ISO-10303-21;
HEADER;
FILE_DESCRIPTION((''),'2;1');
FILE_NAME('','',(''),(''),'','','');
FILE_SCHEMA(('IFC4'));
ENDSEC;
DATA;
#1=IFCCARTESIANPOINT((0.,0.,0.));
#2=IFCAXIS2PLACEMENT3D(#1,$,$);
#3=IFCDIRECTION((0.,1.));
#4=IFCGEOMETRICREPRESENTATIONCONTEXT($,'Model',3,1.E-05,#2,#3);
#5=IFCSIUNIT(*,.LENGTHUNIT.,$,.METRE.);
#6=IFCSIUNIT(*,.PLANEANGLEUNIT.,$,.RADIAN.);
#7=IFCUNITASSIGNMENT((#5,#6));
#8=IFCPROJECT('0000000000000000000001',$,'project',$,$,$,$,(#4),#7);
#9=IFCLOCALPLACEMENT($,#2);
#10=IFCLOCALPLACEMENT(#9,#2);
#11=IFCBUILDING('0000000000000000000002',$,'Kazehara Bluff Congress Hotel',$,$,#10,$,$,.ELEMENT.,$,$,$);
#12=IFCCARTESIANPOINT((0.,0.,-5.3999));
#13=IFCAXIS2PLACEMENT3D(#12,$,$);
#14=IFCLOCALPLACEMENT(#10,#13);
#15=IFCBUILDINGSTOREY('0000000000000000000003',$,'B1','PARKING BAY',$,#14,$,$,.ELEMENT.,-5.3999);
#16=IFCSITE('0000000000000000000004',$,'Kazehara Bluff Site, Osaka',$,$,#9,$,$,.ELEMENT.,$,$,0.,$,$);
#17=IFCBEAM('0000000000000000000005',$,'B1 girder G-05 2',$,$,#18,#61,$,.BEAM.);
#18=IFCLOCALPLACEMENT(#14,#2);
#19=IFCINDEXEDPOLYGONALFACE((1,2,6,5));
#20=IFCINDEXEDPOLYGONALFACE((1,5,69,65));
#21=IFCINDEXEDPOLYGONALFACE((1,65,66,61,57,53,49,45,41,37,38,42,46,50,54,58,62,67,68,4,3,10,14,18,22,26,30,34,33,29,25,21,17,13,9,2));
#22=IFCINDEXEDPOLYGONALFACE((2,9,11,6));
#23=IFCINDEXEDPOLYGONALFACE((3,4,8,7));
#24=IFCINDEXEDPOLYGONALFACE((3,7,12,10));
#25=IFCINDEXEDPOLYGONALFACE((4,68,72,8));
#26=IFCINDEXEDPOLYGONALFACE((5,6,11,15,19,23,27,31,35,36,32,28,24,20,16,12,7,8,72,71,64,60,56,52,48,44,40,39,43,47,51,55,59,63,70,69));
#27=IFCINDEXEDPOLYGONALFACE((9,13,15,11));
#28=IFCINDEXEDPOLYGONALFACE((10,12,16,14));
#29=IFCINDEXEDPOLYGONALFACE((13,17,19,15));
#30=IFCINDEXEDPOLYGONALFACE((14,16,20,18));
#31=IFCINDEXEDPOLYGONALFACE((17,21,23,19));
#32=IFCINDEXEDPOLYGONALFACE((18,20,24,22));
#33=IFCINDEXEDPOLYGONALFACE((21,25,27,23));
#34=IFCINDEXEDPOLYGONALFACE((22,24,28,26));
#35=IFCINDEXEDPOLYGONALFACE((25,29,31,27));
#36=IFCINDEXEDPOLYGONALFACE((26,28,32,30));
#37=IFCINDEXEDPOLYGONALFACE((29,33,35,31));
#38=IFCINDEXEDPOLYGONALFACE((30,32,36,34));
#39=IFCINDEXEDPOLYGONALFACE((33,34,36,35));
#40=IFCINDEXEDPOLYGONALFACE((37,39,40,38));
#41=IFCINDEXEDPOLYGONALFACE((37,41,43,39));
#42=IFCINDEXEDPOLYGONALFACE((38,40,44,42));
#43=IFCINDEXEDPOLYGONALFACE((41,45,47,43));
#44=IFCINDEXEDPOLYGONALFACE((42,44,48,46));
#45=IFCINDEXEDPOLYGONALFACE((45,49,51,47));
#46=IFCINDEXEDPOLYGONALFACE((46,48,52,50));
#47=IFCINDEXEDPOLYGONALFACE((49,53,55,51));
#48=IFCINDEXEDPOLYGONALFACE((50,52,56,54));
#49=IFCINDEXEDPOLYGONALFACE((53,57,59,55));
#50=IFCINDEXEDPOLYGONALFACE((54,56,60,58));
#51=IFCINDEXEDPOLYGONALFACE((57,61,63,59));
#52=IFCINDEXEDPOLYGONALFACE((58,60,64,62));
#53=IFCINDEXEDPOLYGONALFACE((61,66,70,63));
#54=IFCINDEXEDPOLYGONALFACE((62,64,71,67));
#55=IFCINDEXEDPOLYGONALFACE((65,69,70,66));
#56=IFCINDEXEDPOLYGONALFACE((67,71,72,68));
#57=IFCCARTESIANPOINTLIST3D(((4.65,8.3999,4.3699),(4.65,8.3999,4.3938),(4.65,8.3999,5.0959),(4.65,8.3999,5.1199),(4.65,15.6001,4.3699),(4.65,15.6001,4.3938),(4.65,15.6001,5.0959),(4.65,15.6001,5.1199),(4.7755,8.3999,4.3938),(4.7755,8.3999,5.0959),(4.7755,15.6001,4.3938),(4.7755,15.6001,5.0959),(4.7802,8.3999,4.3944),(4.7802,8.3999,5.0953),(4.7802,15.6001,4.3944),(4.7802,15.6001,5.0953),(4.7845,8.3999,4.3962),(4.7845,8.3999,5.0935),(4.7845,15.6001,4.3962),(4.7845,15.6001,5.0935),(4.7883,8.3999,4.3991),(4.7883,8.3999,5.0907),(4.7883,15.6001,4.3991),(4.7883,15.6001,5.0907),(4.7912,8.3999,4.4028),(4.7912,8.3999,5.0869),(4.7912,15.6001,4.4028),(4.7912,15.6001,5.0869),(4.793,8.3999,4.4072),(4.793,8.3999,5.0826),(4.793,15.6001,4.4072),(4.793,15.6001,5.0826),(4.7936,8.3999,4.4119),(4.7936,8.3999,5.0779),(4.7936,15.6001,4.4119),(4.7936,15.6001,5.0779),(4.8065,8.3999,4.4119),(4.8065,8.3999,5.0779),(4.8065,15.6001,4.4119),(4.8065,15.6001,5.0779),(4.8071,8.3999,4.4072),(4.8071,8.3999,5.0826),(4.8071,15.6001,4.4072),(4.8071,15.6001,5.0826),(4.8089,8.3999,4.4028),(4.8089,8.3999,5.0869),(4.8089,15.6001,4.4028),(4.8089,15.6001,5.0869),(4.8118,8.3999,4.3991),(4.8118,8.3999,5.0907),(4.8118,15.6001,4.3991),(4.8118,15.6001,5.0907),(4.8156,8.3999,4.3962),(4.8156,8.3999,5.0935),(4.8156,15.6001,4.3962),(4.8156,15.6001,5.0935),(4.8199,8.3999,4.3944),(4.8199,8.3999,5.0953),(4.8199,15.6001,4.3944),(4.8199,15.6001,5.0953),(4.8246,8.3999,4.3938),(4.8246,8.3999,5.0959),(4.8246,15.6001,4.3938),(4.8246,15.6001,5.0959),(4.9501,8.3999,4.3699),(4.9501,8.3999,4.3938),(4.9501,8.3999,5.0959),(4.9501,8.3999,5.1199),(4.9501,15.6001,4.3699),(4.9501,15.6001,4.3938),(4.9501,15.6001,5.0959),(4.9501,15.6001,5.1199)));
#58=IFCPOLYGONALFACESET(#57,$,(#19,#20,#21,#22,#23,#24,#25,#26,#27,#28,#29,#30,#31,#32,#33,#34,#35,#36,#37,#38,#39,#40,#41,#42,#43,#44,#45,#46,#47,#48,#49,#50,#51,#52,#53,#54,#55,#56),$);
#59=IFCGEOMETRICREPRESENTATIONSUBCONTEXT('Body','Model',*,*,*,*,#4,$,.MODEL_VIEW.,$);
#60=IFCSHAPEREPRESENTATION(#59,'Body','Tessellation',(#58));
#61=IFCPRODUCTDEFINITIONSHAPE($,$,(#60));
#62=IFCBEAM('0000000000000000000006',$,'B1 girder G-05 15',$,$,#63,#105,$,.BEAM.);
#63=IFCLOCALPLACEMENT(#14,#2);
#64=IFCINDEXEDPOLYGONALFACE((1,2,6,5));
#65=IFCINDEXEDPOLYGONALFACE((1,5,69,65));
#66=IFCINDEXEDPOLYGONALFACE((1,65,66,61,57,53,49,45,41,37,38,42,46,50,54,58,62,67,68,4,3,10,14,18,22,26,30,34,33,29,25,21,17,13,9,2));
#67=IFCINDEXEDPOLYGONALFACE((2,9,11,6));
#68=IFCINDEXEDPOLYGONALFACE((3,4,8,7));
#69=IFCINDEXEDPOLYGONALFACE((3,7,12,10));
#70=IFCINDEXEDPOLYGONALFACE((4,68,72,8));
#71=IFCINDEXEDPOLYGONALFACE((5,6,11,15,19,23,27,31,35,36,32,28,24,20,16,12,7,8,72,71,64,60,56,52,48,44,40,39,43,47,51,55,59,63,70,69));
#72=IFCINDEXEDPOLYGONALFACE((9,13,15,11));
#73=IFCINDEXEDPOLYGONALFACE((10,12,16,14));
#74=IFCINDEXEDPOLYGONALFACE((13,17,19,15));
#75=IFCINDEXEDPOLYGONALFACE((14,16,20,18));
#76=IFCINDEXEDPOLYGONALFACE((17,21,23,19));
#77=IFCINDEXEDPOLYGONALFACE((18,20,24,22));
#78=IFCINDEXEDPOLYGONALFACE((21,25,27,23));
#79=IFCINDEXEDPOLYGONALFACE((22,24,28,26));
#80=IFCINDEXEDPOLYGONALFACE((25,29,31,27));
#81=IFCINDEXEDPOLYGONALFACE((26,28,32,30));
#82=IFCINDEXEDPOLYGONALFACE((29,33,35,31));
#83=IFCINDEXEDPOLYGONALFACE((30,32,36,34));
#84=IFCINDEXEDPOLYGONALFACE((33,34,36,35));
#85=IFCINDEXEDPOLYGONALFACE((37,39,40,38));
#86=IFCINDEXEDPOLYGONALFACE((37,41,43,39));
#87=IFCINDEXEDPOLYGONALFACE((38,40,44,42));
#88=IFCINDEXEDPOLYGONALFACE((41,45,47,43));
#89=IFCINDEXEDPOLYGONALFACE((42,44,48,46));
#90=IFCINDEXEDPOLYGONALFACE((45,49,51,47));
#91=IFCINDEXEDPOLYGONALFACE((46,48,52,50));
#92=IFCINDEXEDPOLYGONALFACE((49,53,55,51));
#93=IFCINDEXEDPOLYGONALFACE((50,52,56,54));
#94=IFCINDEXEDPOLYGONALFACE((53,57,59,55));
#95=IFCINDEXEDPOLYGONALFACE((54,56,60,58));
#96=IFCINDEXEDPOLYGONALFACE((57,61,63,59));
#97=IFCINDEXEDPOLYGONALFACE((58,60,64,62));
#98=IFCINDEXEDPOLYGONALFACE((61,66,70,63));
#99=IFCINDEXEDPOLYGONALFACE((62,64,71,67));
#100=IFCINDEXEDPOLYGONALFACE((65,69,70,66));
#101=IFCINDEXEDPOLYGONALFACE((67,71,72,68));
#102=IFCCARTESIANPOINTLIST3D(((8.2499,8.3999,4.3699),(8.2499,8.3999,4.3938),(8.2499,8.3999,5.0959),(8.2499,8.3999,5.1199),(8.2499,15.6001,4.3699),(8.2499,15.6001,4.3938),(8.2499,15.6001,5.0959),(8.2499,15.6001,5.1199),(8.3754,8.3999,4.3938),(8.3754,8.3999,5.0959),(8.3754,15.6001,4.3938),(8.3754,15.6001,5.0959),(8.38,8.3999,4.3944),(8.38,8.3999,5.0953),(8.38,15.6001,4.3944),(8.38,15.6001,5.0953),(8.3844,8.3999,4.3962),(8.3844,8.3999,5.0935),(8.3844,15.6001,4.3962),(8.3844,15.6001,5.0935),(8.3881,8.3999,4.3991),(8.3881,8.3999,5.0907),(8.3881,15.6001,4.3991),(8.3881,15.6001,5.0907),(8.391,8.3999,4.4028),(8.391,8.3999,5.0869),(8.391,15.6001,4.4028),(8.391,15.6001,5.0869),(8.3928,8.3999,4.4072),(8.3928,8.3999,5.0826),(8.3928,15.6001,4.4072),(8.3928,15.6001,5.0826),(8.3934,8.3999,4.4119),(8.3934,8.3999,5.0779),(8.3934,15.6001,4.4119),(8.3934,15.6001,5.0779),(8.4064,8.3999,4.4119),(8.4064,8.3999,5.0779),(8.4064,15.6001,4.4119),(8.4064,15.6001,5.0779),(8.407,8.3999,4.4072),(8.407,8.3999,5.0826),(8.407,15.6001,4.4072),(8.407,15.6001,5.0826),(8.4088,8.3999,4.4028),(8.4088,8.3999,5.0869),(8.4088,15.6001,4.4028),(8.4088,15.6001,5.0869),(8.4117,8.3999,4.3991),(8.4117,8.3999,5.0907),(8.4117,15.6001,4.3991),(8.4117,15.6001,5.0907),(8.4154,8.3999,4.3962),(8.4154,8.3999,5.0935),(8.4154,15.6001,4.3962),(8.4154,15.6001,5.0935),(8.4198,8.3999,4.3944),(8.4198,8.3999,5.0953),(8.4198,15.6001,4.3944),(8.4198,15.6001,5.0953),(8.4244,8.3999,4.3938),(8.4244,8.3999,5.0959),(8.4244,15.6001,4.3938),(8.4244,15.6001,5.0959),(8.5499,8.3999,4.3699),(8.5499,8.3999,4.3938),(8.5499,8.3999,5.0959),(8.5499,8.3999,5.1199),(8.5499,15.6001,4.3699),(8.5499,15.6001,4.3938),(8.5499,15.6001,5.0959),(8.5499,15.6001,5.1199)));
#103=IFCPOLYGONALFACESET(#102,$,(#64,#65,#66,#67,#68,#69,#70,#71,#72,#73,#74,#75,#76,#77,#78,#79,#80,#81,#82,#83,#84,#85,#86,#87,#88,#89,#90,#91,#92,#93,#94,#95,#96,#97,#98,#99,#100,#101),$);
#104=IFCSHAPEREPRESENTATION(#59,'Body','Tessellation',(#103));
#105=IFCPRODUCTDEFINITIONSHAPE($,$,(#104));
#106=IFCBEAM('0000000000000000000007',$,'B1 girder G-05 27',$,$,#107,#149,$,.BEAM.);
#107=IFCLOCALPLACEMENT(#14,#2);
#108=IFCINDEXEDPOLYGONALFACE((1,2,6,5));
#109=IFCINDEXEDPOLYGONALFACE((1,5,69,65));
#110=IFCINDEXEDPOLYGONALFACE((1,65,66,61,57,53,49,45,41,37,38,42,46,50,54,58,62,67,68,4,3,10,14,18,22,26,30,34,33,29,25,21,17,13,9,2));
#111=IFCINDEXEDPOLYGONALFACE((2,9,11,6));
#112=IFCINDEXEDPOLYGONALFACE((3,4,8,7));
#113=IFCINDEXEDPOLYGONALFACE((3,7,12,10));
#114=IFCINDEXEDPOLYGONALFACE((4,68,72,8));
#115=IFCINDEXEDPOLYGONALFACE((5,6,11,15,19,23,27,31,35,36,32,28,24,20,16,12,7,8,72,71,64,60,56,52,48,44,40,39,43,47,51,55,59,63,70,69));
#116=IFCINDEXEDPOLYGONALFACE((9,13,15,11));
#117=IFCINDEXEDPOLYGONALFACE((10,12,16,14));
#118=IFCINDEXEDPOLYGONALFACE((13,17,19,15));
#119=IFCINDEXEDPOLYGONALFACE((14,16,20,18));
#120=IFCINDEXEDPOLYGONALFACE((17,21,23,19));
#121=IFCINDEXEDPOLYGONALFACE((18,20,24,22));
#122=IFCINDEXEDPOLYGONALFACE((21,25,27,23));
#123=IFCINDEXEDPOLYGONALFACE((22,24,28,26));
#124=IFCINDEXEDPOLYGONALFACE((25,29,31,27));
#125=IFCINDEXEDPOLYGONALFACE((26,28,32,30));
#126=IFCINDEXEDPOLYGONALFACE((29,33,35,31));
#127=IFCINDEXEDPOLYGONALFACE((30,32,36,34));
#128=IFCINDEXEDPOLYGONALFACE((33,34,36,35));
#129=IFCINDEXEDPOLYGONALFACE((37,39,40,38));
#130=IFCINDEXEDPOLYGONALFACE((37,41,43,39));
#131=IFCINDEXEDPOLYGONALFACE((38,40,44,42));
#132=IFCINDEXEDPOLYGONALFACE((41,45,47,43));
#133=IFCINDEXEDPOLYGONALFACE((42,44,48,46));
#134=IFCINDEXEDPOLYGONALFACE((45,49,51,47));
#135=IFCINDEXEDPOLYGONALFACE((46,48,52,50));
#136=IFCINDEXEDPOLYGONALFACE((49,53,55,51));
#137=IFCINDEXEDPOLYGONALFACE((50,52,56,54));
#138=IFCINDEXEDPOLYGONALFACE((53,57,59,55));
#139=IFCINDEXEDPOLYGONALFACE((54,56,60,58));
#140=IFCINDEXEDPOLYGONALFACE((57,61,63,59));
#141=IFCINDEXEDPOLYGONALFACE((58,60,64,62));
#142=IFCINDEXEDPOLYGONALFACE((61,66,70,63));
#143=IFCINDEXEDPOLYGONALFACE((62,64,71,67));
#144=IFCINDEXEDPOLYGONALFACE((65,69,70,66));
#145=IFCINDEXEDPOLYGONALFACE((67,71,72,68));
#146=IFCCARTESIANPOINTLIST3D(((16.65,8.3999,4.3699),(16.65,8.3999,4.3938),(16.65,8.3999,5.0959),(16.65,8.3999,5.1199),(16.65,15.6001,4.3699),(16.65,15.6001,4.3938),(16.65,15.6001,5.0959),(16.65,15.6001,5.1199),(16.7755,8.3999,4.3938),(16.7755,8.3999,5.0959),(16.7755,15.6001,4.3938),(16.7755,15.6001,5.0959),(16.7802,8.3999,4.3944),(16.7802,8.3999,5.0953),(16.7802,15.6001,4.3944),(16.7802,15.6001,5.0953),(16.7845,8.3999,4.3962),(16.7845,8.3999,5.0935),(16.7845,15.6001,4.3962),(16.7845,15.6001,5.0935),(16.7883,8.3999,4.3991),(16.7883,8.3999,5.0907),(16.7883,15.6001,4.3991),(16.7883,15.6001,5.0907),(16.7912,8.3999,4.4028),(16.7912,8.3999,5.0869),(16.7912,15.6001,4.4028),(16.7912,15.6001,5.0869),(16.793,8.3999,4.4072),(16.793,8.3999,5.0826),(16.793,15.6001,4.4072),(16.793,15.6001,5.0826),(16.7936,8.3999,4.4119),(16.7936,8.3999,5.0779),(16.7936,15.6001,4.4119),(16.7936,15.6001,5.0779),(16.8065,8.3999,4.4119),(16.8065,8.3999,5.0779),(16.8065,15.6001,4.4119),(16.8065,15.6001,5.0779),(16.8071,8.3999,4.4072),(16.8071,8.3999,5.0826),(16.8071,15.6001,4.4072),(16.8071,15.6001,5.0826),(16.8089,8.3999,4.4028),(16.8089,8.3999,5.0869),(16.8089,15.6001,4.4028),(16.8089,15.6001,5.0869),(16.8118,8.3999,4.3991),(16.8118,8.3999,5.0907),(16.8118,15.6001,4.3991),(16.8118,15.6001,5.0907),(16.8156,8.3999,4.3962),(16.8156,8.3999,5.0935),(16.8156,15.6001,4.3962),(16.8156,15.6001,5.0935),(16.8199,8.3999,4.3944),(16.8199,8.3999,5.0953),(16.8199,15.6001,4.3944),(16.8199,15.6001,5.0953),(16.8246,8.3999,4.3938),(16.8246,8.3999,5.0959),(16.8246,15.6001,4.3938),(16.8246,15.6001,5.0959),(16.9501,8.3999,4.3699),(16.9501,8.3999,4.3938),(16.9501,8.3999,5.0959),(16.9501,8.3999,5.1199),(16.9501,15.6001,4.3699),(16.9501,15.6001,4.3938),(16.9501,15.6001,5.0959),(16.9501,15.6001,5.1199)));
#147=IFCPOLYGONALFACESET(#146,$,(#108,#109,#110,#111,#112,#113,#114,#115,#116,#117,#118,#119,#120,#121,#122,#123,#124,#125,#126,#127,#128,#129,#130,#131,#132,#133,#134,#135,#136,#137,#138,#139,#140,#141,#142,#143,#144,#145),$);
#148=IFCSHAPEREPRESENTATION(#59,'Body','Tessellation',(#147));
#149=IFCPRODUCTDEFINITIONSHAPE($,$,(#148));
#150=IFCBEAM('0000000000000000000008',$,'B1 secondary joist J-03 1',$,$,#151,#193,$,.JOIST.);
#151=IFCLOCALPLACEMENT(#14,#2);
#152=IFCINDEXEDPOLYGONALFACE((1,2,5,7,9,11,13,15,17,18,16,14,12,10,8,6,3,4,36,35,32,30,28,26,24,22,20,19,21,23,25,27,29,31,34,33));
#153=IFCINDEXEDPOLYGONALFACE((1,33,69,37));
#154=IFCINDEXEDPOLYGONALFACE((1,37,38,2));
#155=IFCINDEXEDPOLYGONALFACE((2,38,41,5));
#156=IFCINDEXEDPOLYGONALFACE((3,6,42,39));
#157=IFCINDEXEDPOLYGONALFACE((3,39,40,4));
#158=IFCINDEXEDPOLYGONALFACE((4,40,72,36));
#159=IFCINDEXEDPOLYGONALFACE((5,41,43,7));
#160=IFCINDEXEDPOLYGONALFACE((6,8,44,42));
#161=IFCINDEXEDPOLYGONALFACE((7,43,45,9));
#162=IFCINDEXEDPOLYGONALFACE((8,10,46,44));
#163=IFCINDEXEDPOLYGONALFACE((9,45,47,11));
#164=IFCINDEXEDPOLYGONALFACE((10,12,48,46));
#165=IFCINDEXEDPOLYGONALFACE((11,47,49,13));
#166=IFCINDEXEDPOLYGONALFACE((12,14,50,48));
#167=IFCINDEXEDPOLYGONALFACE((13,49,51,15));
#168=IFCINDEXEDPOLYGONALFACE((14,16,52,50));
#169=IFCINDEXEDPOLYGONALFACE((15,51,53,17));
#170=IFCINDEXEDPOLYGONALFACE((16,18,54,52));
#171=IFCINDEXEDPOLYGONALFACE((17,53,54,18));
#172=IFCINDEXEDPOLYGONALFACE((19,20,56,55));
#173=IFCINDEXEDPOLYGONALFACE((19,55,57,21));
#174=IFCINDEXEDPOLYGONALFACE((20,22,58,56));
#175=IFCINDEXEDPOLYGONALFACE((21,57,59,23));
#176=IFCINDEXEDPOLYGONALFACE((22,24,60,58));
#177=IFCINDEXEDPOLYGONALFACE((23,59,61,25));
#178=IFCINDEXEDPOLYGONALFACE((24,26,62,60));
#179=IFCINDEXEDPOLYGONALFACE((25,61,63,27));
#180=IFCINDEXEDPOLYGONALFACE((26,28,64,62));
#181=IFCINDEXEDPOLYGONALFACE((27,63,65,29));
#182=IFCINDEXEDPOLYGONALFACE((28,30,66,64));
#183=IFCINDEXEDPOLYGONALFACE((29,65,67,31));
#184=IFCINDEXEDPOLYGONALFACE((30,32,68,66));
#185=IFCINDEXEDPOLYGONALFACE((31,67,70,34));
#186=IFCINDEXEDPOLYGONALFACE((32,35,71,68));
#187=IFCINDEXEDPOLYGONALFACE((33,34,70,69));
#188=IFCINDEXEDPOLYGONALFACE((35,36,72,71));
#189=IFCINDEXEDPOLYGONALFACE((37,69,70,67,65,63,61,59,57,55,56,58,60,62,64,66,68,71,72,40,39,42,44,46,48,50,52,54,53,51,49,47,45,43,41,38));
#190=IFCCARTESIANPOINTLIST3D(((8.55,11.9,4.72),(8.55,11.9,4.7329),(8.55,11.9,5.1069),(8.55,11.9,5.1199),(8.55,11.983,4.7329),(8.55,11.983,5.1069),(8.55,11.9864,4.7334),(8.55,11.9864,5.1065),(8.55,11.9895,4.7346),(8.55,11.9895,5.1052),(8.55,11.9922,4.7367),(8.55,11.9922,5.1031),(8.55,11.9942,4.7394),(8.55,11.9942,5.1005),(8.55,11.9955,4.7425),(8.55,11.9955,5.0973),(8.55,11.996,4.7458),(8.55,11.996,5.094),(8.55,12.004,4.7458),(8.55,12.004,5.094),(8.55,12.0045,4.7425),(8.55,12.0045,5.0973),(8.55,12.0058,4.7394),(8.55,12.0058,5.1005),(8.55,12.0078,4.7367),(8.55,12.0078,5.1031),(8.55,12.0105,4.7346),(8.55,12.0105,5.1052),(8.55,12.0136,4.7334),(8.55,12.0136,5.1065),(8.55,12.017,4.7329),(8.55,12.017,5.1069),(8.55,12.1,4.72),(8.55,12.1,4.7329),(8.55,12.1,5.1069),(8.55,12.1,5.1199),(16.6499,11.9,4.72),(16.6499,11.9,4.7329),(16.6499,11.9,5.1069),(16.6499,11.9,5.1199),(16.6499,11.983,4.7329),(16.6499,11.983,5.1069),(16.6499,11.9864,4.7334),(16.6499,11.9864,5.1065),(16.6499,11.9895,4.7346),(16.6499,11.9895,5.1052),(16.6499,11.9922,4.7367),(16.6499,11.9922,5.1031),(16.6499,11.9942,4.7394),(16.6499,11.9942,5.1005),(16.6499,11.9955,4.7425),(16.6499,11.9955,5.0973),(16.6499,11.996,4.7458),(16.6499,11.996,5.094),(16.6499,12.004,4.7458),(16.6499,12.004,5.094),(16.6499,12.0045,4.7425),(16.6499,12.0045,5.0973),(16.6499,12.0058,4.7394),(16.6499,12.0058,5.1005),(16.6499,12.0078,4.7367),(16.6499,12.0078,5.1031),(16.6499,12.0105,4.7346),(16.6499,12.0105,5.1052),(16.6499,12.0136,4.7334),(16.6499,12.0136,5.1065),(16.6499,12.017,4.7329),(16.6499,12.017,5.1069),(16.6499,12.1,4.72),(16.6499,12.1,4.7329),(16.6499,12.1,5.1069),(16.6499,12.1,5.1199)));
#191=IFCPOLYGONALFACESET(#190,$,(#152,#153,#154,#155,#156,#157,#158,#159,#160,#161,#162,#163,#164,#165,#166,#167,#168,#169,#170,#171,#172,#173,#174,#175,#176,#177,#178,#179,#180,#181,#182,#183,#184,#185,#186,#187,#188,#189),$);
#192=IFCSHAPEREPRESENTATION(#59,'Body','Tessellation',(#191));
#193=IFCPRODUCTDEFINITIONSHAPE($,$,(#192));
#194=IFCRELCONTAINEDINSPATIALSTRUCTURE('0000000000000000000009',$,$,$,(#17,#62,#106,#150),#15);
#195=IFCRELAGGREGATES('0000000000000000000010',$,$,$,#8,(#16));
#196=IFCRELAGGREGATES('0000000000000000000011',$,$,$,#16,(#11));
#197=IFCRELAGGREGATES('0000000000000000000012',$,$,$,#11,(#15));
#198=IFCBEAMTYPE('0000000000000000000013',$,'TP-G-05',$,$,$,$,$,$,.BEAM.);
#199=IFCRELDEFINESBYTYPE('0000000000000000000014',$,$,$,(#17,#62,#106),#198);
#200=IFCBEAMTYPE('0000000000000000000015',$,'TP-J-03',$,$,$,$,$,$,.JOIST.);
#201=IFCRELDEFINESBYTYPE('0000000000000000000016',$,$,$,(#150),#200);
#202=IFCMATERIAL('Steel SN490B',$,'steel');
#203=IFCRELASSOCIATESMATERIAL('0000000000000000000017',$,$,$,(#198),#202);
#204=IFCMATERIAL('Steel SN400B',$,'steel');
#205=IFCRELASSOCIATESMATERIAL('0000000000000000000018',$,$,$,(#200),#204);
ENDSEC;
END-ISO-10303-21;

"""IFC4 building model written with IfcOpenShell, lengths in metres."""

from ifc_helpers import new_model, si_unit, direction, frame, origin, origin_2d, place, context, subcontext, project, spatial, i_section, extrude, material, material_profile, profile_set, type_object, element, save


model = new_model("IFC4")

# Units and contexts
model_context = context("Model", 3, precision=1e-05, world=origin(), true_north=direction((0.0, 1.0)))
body_context = subcontext(model_context, "Body", "Model", "MODEL_VIEW")
ifc_project = project(units=[si_unit("LENGTHUNIT", "METRE"), si_unit("PLANEANGLEUNIT", "RADIAN")], contexts=[model_context])

# Site, building, storey
site_placement = place(None, origin())
site = spatial("IfcSite", under=ifc_project, at=site_placement, Name="Kazehara Bluff Site, Osaka", CompositionType="ELEMENT", RefElevation=0.0)
building_placement = place(site_placement, origin())
building = spatial("IfcBuilding", under=site, at=building_placement, Name="Kazehara Bluff Congress Hotel", CompositionType="ELEMENT")
storey_placement = place(building_placement, frame((0.0, 0.0, -5.3999)))
storey = spatial("IfcBuildingStorey", under=building, at=storey_placement, Name="B1", Description="PARKING BAY", CompositionType="ELEMENT", Elevation=-5.3999)

# Beams
ifc_material_1 = material(Name="Steel SN490B", Category="steel")
ifc_material_profile_1 = material_profile(ifc_material_1, i_section(OverallWidth=0.3, OverallDepth=0.75, WebThickness=0.0129, FlangeThickness=0.0239, FilletRadius=0.0181, at=origin_2d()))
ifc_profile_set_1 = profile_set([ifc_material_profile_1], Name="Steel SN490B")
beam_type_1 = type_object("IfcBeamType", Name="TP-G-05", PredefinedType="BEAM", material=ifc_profile_set_1)
for number, where, z_axis, x_axis, name in (
    (1, (4.8, 8.3999, 4.7449), (0.0, 1.0, 0.0), (-1.0, 0.0, 0.0), "B1 girder G-05 2"),
    (2, (8.3999, 8.3999, 4.7449), (0.0, 1.0, 0.0), (-1.0, 0.0, 0.0), "B1 girder G-05 15"),
    (3, (16.8, 8.3999, 4.7449), (0.0, 1.0, 0.0), (-1.0, 0.0, 0.0), "B1 girder G-05 27"),
):
    element("IfcBeam", number, at=place(storey_placement, frame(where, z_axis=z_axis, x_axis=x_axis)), inside=storey, type_object=beam_type_1, Name=name, PredefinedType="BEAM", context=body_context, shape_type="SweptSolid", body=[
        extrude(i_section(OverallWidth=0.3, OverallDepth=0.75, WebThickness=0.0129, FlangeThickness=0.0239, FilletRadius=0.0181, at=origin_2d()), origin(), (0.0, 0.0, 1.0), 7.2002),
    ])
ifc_material_2 = material(Name="Steel SN400B", Category="steel")
ifc_material_profile_2 = material_profile(ifc_material_2, i_section(OverallWidth=0.2, OverallDepth=0.3999, WebThickness=0.0081, FlangeThickness=0.0129, FilletRadius=0.0129, at=origin_2d()))
ifc_profile_set_2 = profile_set([ifc_material_profile_2], Name="Steel SN400B")
beam_type_2 = type_object("IfcBeamType", Name="TP-J-03", PredefinedType="JOIST", material=ifc_profile_set_2)
beam_1_placement = place(storey_placement, frame((8.55, 12.0, 4.9199), z_axis=(1.0, 0.0, 0.0), x_axis=(0.0, 1.0, 0.0)))
element("IfcBeam", 4, at=beam_1_placement, inside=storey, type_object=beam_type_2, Name="B1 secondary joist J-03 1", PredefinedType="JOIST", context=body_context, shape_type="SweptSolid", body=[
    extrude(i_section(OverallWidth=0.2, OverallDepth=0.3999, WebThickness=0.0081, FlangeThickness=0.0129, FilletRadius=0.0129, at=origin_2d()), origin(), (0.0, 0.0, 1.0), 8.0999),
])

save(model, "model.ifc")
